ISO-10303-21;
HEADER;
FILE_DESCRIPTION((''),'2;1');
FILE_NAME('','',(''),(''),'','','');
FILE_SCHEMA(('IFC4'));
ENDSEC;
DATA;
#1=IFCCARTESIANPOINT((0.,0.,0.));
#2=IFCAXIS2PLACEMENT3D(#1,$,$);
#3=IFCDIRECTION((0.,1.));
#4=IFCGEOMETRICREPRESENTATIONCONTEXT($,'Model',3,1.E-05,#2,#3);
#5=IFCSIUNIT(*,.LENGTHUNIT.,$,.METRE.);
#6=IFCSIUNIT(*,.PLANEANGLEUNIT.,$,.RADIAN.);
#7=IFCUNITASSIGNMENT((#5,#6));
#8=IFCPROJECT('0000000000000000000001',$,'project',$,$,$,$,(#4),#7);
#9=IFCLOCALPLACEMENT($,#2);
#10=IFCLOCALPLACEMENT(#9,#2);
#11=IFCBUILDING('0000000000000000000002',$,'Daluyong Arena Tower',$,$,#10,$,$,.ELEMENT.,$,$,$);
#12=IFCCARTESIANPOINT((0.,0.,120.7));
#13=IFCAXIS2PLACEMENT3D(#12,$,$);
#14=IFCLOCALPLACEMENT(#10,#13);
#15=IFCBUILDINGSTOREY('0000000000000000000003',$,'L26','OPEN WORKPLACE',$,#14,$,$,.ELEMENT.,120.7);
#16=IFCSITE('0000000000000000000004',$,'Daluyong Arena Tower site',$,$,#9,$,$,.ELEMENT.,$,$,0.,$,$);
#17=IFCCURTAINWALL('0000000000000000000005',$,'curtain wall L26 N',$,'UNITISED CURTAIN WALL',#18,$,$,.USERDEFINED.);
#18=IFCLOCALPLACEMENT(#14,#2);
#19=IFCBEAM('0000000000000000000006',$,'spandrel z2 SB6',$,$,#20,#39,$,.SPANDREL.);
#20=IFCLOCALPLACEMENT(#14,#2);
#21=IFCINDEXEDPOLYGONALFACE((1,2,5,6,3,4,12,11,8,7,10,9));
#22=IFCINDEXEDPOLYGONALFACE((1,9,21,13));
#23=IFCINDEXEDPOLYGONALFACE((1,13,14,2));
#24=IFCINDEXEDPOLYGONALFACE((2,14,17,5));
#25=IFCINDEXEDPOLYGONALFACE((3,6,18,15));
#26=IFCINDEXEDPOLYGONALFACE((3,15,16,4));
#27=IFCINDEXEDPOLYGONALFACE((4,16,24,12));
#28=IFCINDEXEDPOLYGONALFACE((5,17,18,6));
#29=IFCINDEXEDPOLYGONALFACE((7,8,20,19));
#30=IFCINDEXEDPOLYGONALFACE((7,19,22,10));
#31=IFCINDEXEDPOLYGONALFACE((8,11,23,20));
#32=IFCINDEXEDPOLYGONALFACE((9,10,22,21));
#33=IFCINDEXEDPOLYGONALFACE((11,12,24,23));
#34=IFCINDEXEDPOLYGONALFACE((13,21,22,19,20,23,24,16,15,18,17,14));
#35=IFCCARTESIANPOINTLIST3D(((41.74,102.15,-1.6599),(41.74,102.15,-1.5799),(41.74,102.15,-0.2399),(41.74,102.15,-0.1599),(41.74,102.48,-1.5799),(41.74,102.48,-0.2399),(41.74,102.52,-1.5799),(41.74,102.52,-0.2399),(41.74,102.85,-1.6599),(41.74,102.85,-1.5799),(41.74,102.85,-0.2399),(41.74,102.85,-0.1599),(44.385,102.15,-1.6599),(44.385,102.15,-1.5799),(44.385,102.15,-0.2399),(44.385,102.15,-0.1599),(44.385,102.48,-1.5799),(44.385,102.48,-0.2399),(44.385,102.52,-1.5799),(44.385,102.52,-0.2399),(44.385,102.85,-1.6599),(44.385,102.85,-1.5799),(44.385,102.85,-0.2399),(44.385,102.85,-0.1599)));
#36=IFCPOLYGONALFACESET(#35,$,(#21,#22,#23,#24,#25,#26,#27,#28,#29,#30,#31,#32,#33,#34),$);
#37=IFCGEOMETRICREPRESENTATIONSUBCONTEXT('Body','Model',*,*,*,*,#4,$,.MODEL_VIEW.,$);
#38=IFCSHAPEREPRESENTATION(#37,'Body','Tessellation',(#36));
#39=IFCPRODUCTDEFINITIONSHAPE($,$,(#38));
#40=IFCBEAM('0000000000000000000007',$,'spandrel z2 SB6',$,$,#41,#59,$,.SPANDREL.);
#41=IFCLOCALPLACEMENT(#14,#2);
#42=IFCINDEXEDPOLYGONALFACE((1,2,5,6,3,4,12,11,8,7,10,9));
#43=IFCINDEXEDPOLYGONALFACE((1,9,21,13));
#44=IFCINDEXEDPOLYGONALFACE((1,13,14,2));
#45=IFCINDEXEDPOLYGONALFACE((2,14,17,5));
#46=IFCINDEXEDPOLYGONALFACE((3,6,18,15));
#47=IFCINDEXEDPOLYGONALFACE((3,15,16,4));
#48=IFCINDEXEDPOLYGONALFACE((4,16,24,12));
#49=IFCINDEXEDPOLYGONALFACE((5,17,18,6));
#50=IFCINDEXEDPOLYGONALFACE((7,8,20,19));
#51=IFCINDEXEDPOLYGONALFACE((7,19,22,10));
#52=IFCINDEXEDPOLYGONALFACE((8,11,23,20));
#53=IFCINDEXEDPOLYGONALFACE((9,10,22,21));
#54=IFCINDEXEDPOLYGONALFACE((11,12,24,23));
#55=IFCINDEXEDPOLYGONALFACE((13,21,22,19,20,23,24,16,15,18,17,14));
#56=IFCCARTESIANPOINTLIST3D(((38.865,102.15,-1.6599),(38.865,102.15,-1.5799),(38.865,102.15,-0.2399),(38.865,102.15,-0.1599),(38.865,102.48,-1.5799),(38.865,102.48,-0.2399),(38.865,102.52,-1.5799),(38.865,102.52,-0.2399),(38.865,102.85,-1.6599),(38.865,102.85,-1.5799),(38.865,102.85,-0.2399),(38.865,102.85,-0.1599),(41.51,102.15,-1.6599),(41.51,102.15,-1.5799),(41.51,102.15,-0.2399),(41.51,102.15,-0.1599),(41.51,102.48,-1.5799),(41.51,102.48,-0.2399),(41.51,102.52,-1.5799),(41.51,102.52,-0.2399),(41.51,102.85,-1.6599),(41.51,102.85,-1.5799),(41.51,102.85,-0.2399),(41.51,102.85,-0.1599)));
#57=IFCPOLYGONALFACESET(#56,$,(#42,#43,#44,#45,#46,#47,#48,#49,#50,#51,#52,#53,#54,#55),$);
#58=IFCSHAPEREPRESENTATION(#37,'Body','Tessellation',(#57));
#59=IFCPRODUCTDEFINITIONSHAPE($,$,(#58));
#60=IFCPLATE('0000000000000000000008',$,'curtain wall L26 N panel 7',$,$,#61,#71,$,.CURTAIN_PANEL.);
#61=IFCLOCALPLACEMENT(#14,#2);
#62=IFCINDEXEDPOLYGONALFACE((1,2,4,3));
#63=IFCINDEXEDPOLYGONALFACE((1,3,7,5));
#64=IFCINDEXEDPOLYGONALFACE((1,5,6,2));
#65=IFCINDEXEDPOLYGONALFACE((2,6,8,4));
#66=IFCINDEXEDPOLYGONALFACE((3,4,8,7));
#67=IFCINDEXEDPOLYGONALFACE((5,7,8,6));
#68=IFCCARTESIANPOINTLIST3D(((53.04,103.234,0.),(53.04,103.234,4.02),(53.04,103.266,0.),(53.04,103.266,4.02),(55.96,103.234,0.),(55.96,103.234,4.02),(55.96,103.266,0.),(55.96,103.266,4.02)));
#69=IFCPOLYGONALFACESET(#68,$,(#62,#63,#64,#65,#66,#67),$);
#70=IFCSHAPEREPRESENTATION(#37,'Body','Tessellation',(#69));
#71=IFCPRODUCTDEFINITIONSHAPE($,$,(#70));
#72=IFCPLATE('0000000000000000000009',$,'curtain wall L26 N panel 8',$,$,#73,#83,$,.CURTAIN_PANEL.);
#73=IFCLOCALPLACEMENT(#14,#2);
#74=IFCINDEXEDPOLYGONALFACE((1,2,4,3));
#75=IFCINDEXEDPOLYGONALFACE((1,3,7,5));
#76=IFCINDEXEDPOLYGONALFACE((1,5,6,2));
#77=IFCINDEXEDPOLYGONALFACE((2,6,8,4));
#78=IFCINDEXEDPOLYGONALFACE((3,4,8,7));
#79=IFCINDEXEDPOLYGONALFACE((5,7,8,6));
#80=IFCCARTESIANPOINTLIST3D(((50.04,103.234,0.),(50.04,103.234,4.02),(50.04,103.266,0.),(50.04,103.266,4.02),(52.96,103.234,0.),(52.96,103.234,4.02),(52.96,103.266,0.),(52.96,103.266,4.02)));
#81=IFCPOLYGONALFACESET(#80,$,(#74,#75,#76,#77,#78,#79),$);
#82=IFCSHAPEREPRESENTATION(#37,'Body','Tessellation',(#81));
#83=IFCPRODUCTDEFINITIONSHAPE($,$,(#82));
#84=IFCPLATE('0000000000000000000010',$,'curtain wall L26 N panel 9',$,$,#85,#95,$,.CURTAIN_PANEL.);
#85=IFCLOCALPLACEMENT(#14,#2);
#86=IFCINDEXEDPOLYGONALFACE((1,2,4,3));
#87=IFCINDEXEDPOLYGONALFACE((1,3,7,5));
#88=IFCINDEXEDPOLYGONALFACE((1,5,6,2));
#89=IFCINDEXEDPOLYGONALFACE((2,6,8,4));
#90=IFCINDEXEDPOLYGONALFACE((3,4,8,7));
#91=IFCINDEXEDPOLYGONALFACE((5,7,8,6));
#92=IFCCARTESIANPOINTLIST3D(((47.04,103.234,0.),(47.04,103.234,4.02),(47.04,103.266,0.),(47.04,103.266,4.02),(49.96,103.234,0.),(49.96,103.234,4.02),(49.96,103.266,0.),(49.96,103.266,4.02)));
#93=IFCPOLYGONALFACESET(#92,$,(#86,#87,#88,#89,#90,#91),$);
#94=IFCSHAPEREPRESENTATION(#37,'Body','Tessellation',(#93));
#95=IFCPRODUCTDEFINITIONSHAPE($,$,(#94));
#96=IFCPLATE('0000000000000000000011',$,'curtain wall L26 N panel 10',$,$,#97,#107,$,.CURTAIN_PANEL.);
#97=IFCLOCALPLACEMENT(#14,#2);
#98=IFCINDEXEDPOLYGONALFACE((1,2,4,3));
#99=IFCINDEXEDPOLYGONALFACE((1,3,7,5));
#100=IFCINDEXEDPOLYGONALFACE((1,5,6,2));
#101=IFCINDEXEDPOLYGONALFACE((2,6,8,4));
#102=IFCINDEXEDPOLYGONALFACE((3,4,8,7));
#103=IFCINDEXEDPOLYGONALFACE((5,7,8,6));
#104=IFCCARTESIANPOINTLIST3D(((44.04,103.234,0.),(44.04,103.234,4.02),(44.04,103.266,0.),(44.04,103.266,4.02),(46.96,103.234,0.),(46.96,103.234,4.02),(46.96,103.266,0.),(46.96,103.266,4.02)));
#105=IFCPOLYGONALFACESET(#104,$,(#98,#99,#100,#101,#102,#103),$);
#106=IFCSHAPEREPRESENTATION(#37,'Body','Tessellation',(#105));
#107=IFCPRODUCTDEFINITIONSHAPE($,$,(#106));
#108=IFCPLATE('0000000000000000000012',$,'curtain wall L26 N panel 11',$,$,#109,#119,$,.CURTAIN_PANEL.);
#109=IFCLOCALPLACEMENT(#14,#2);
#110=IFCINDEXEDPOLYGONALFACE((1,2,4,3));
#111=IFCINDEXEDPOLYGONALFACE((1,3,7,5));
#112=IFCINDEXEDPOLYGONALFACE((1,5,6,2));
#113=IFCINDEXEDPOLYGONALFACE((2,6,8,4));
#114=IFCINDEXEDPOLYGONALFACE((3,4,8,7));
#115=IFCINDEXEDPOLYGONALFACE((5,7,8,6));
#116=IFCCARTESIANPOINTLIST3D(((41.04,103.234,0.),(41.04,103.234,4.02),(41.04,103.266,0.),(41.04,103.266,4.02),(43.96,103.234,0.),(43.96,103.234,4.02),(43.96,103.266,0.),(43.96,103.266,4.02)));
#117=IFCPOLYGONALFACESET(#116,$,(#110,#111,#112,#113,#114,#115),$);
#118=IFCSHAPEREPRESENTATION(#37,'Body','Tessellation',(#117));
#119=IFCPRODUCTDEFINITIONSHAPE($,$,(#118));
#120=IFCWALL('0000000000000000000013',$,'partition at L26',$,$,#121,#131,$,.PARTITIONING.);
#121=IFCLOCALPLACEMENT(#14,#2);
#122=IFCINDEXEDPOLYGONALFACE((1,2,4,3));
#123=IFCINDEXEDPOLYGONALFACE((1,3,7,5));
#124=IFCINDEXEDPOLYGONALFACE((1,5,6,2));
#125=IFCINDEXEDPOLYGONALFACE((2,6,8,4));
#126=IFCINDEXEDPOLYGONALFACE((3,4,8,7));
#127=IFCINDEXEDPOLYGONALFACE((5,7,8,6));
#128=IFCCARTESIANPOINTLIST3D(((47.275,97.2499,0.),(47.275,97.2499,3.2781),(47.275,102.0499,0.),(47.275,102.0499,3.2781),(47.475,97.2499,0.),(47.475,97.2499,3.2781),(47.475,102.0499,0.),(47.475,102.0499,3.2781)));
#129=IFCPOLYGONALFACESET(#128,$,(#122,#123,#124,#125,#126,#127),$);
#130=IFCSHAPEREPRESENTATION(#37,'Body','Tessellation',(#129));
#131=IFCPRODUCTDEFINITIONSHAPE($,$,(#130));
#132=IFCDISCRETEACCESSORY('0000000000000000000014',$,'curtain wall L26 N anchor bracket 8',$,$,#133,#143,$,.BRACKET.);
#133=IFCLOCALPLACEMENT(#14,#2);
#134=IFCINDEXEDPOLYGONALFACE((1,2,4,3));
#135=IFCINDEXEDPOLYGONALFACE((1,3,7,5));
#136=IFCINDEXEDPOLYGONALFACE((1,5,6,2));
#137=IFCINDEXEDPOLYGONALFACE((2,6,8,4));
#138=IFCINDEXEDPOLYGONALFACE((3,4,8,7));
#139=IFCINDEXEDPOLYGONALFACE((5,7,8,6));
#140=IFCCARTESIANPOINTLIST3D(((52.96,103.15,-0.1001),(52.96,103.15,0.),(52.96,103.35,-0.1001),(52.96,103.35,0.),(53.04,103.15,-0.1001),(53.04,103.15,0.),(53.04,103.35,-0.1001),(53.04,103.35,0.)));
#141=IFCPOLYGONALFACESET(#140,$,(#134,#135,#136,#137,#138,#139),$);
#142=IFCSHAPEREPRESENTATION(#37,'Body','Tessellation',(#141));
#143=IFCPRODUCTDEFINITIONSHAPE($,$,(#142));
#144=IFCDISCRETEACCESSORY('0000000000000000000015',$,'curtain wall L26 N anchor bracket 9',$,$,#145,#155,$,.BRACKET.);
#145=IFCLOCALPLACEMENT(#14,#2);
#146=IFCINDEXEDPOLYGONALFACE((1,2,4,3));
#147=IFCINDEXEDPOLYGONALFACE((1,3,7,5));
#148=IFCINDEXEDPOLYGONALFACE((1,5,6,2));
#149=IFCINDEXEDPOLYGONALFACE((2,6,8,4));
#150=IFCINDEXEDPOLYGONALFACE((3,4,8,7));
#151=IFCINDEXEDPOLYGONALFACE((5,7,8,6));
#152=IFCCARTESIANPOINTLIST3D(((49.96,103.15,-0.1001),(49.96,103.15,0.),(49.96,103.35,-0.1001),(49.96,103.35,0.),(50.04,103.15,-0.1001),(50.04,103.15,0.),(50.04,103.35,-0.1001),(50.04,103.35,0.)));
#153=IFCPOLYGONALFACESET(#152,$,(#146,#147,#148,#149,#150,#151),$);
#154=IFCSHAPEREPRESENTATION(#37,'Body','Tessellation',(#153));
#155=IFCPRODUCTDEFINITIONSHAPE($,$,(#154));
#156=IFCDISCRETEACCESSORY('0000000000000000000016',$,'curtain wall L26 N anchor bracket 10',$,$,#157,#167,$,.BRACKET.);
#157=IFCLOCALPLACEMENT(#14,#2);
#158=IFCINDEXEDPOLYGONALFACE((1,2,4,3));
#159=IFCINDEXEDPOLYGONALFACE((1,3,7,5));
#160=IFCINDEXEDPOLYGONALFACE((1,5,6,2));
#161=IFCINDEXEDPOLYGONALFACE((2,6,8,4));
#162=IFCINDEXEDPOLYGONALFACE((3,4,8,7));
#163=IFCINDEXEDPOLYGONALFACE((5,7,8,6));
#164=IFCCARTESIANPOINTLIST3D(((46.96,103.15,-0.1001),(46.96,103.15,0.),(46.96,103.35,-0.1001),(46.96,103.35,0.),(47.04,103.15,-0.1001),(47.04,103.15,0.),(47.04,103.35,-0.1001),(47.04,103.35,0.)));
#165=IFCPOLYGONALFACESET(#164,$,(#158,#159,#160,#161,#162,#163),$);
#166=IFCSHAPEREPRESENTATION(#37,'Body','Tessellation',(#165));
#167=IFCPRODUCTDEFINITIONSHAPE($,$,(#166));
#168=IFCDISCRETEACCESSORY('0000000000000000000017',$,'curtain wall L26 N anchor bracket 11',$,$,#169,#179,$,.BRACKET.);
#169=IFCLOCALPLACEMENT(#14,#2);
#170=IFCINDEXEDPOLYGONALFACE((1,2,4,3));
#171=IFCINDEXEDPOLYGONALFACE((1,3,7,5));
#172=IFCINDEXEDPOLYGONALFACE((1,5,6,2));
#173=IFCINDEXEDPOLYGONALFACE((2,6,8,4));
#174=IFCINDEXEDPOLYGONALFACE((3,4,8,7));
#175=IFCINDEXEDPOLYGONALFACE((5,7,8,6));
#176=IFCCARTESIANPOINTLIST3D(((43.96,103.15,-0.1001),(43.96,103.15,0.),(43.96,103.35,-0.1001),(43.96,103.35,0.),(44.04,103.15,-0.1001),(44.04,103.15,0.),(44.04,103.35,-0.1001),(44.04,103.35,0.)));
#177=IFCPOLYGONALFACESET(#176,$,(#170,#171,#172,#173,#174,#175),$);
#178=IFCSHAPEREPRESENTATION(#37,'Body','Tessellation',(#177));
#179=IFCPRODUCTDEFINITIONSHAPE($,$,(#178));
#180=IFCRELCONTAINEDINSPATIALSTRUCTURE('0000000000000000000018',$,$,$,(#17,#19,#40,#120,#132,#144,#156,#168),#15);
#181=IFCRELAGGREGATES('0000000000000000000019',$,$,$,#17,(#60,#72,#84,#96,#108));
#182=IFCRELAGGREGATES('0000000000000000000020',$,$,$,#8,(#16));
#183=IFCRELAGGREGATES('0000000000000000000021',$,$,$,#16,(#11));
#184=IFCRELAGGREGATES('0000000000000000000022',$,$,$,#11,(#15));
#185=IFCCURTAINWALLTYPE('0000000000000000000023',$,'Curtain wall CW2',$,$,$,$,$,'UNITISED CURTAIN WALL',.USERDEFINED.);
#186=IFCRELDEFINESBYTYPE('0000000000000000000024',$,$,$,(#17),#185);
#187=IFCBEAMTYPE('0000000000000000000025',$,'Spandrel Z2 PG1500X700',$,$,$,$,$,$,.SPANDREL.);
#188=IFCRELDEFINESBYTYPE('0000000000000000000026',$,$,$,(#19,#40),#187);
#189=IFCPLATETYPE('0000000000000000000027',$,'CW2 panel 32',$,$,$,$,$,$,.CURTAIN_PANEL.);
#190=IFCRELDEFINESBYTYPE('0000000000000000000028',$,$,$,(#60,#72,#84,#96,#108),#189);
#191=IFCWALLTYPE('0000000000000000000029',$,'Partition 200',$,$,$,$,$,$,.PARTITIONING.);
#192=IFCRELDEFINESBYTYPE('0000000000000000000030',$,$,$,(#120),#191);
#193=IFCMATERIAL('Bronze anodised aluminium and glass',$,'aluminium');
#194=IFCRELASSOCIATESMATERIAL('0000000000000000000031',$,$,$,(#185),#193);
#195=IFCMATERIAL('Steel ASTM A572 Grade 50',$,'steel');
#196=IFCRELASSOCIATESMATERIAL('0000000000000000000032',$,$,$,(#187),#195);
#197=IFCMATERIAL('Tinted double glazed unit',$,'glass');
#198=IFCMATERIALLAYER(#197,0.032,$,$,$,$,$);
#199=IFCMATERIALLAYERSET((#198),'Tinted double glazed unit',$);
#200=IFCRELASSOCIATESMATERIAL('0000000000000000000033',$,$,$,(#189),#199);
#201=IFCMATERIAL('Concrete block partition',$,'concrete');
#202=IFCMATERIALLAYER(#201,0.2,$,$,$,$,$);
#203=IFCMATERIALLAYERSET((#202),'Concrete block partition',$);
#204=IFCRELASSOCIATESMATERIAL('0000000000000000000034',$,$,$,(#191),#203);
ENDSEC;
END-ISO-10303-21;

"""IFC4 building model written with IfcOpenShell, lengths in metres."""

from ifc_helpers import new_model, si_unit, direction, frame, frame_2d, origin, origin_2d, place, context, subcontext, project, spatial, rectangle, i_section, extrude, material, layer, layer_set, material_profile, profile_set, type_object, element, aggregate, save


model = new_model("IFC4")

# Units and contexts
model_context = context("Model", 3, precision=1e-05, world=origin(), true_north=direction((0.0, 1.0)))
body_context = subcontext(model_context, "Body", "Model", "MODEL_VIEW")
ifc_project = project(units=[si_unit("LENGTHUNIT", "METRE"), si_unit("PLANEANGLEUNIT", "RADIAN")], contexts=[model_context])

# Site, building, storey
site_placement = place(None, origin())
site = spatial("IfcSite", under=ifc_project, at=site_placement, Name="Daluyong Arena Tower site", CompositionType="ELEMENT", RefElevation=0.0)
building_placement = place(site_placement, origin())
building = spatial("IfcBuilding", under=site, at=building_placement, Name="Daluyong Arena Tower", CompositionType="ELEMENT")
storey_placement = place(building_placement, frame((0.0, 0.0, 120.7)))
storey = spatial("IfcBuildingStorey", under=building, at=storey_placement, Name="L26", Description="OPEN WORKPLACE", CompositionType="ELEMENT", Elevation=120.7)

# Curtain wall
ifc_material_1 = material(Name="Bronze anodised aluminium and glass", Category="aluminium")
curtain_wall_type = type_object("IfcCurtainWallType", Name="Curtain wall CW2", ElementType="UNITISED CURTAIN WALL", PredefinedType="USERDEFINED", material=ifc_material_1)
curtain_wall_placement = place(storey_placement, origin())
curtain_wall = element("IfcCurtainWall", 1, at=curtain_wall_placement, inside=storey, type_object=curtain_wall_type, Name="curtain wall L26 N", ObjectType="UNITISED CURTAIN WALL", PredefinedType="USERDEFINED")

# Beams
ifc_material_2 = material(Name="Steel ASTM A572 Grade 50", Category="steel")
ifc_material_profile_1 = material_profile(ifc_material_2, i_section(OverallWidth=0.7, OverallDepth=1.5, WebThickness=0.04, FlangeThickness=0.08, at=origin_2d()))
ifc_profile_set_1 = profile_set([ifc_material_profile_1], Name="Steel ASTM A572 Grade 50")
beam_type_1 = type_object("IfcBeamType", Name="Spandrel Z2 PG1500X700", PredefinedType="SPANDREL", material=ifc_profile_set_1)
for number, where, z_axis, x_axis, name in (
    (2, (44.385, 102.5, -0.9099), (-1.0, 0.0, 0.0), (0.0, -1.0, 0.0), "spandrel z2 SB6"),
    (3, (41.51, 102.5, -0.9099), (-1.0, 0.0, 0.0), (0.0, -1.0, 0.0), "spandrel z2 SB6"),
):
    element("IfcBeam", number, at=place(storey_placement, frame(where, z_axis=z_axis, x_axis=x_axis)), inside=storey, type_object=beam_type_1, Name=name, PredefinedType="SPANDREL", context=body_context, shape_type="SweptSolid", body=[
        extrude(i_section(OverallWidth=0.7, OverallDepth=1.5, WebThickness=0.04, FlangeThickness=0.08, at=origin_2d()), origin(), (0.0, 0.0, 1.0), 2.645),
    ])

# Plates
ifc_material_3 = material(Name="Tinted double glazed unit", Category="glass")
ifc_layer_1 = layer(ifc_material_3, 0.032)
ifc_layer_set_1 = layer_set([ifc_layer_1], Name="Tinted double glazed unit")
plate_type = type_object("IfcPlateType", Name="CW2 panel 32", PredefinedType="CURTAIN_PANEL", material=ifc_layer_set_1)
plate_1_placement = place(storey_placement, frame((54.5, 103.25, 0.0), z_axis=(0.0, 0.0, 1.0), x_axis=(-1.0, 0.0, 0.0)))
plate_1 = element("IfcPlate", 4, at=plate_1_placement, type_object=plate_type, Name="curtain wall L26 N panel 7", PredefinedType="CURTAIN_PANEL", context=body_context, shape_type="SweptSolid", body=[
    extrude(rectangle(XDim=2.9199, YDim=0.032, at=origin_2d()), origin(), (0.0, 0.0, 1.0), 4.02),
])
plate_2_placement = place(storey_placement, frame((51.5, 103.25, 0.0), z_axis=(0.0, 0.0, 1.0), x_axis=(-1.0, 0.0, 0.0)))
plate_2 = element("IfcPlate", 5, at=plate_2_placement, type_object=plate_type, Name="curtain wall L26 N panel 8", PredefinedType="CURTAIN_PANEL", context=body_context, shape_type="SweptSolid", body=[
    extrude(rectangle(XDim=2.9199, YDim=0.032, at=origin_2d()), origin(), (0.0, 0.0, 1.0), 4.02),
])
plate_3_placement = place(storey_placement, frame((48.5, 103.25, 0.0), z_axis=(0.0, 0.0, 1.0), x_axis=(-1.0, 0.0, 0.0)))
plate_3 = element("IfcPlate", 6, at=plate_3_placement, type_object=plate_type, Name="curtain wall L26 N panel 9", PredefinedType="CURTAIN_PANEL", context=body_context, shape_type="SweptSolid", body=[
    extrude(rectangle(XDim=2.9199, YDim=0.032, at=origin_2d()), origin(), (0.0, 0.0, 1.0), 4.02),
])
plate_4_placement = place(storey_placement, frame((45.5, 103.25, 0.0), z_axis=(0.0, 0.0, 1.0), x_axis=(-1.0, 0.0, 0.0)))
plate_4 = element("IfcPlate", 7, at=plate_4_placement, type_object=plate_type, Name="curtain wall L26 N panel 10", PredefinedType="CURTAIN_PANEL", context=body_context, shape_type="SweptSolid", body=[
    extrude(rectangle(XDim=2.9199, YDim=0.032, at=origin_2d()), origin(), (0.0, 0.0, 1.0), 4.02),
])
plate_5_placement = place(storey_placement, frame((42.5, 103.25, 0.0), z_axis=(0.0, 0.0, 1.0), x_axis=(-1.0, 0.0, 0.0)))
plate_5 = element("IfcPlate", 8, at=plate_5_placement, type_object=plate_type, Name="curtain wall L26 N panel 11", PredefinedType="CURTAIN_PANEL", context=body_context, shape_type="SweptSolid", body=[
    extrude(rectangle(XDim=2.9199, YDim=0.032, at=origin_2d()), origin(), (0.0, 0.0, 1.0), 4.02),
])
aggregate(curtain_wall, [plate_1, plate_2, plate_3, plate_4, plate_5])

# Wall
ifc_material_4 = material(Name="Concrete block partition", Category="concrete")
ifc_layer_2 = layer(ifc_material_4, 0.2)
ifc_layer_set_2 = layer_set([ifc_layer_2], Name="Concrete block partition")
wall_type = type_object("IfcWallType", Name="Partition 200", PredefinedType="PARTITIONING", material=ifc_layer_set_2)
wall_placement = place(storey_placement, frame((47.375, 97.25, 0.0), z_axis=(0.0, 0.0, 1.0), x_axis=(0.0, 1.0, 0.0)))
element("IfcWall", 9, at=wall_placement, inside=storey, type_object=wall_type, Name="partition at L26", PredefinedType="PARTITIONING", context=body_context, shape_type="SweptSolid", body=[
    extrude(rectangle(XDim=4.8, YDim=0.2, at=frame_2d((2.3999, 0.0))), origin(), (0.0, 0.0, 1.0), 3.2781),
])

# Discrete accessories
for number, where, z_axis, x_axis, name in (
    (10, (53.0, 103.25, -0.1001), (0.0, 0.0, 1.0), (-1.0, 0.0, 0.0), "curtain wall L26 N anchor bracket 8"),
    (11, (50.0, 103.25, -0.1001), (0.0, 0.0, 1.0), (-1.0, 0.0, 0.0), "curtain wall L26 N anchor bracket 9"),
    (12, (47.0, 103.25, -0.1001), (0.0, 0.0, 1.0), (-1.0, 0.0, 0.0), "curtain wall L26 N anchor bracket 10"),
    (13, (44.0, 103.25, -0.1001), (0.0, 0.0, 1.0), (-1.0, 0.0, 0.0), "curtain wall L26 N anchor bracket 11"),
):
    element("IfcDiscreteAccessory", number, at=place(storey_placement, frame(where, z_axis=z_axis, x_axis=x_axis)), inside=storey, Name=name, PredefinedType="BRACKET", context=body_context, shape_type="SweptSolid", body=[
        extrude(rectangle(XDim=0.0801, YDim=0.2, at=origin_2d()), origin(), (0.0, 0.0, 1.0), 0.1001),
    ])

save(model, "model.ifc")
